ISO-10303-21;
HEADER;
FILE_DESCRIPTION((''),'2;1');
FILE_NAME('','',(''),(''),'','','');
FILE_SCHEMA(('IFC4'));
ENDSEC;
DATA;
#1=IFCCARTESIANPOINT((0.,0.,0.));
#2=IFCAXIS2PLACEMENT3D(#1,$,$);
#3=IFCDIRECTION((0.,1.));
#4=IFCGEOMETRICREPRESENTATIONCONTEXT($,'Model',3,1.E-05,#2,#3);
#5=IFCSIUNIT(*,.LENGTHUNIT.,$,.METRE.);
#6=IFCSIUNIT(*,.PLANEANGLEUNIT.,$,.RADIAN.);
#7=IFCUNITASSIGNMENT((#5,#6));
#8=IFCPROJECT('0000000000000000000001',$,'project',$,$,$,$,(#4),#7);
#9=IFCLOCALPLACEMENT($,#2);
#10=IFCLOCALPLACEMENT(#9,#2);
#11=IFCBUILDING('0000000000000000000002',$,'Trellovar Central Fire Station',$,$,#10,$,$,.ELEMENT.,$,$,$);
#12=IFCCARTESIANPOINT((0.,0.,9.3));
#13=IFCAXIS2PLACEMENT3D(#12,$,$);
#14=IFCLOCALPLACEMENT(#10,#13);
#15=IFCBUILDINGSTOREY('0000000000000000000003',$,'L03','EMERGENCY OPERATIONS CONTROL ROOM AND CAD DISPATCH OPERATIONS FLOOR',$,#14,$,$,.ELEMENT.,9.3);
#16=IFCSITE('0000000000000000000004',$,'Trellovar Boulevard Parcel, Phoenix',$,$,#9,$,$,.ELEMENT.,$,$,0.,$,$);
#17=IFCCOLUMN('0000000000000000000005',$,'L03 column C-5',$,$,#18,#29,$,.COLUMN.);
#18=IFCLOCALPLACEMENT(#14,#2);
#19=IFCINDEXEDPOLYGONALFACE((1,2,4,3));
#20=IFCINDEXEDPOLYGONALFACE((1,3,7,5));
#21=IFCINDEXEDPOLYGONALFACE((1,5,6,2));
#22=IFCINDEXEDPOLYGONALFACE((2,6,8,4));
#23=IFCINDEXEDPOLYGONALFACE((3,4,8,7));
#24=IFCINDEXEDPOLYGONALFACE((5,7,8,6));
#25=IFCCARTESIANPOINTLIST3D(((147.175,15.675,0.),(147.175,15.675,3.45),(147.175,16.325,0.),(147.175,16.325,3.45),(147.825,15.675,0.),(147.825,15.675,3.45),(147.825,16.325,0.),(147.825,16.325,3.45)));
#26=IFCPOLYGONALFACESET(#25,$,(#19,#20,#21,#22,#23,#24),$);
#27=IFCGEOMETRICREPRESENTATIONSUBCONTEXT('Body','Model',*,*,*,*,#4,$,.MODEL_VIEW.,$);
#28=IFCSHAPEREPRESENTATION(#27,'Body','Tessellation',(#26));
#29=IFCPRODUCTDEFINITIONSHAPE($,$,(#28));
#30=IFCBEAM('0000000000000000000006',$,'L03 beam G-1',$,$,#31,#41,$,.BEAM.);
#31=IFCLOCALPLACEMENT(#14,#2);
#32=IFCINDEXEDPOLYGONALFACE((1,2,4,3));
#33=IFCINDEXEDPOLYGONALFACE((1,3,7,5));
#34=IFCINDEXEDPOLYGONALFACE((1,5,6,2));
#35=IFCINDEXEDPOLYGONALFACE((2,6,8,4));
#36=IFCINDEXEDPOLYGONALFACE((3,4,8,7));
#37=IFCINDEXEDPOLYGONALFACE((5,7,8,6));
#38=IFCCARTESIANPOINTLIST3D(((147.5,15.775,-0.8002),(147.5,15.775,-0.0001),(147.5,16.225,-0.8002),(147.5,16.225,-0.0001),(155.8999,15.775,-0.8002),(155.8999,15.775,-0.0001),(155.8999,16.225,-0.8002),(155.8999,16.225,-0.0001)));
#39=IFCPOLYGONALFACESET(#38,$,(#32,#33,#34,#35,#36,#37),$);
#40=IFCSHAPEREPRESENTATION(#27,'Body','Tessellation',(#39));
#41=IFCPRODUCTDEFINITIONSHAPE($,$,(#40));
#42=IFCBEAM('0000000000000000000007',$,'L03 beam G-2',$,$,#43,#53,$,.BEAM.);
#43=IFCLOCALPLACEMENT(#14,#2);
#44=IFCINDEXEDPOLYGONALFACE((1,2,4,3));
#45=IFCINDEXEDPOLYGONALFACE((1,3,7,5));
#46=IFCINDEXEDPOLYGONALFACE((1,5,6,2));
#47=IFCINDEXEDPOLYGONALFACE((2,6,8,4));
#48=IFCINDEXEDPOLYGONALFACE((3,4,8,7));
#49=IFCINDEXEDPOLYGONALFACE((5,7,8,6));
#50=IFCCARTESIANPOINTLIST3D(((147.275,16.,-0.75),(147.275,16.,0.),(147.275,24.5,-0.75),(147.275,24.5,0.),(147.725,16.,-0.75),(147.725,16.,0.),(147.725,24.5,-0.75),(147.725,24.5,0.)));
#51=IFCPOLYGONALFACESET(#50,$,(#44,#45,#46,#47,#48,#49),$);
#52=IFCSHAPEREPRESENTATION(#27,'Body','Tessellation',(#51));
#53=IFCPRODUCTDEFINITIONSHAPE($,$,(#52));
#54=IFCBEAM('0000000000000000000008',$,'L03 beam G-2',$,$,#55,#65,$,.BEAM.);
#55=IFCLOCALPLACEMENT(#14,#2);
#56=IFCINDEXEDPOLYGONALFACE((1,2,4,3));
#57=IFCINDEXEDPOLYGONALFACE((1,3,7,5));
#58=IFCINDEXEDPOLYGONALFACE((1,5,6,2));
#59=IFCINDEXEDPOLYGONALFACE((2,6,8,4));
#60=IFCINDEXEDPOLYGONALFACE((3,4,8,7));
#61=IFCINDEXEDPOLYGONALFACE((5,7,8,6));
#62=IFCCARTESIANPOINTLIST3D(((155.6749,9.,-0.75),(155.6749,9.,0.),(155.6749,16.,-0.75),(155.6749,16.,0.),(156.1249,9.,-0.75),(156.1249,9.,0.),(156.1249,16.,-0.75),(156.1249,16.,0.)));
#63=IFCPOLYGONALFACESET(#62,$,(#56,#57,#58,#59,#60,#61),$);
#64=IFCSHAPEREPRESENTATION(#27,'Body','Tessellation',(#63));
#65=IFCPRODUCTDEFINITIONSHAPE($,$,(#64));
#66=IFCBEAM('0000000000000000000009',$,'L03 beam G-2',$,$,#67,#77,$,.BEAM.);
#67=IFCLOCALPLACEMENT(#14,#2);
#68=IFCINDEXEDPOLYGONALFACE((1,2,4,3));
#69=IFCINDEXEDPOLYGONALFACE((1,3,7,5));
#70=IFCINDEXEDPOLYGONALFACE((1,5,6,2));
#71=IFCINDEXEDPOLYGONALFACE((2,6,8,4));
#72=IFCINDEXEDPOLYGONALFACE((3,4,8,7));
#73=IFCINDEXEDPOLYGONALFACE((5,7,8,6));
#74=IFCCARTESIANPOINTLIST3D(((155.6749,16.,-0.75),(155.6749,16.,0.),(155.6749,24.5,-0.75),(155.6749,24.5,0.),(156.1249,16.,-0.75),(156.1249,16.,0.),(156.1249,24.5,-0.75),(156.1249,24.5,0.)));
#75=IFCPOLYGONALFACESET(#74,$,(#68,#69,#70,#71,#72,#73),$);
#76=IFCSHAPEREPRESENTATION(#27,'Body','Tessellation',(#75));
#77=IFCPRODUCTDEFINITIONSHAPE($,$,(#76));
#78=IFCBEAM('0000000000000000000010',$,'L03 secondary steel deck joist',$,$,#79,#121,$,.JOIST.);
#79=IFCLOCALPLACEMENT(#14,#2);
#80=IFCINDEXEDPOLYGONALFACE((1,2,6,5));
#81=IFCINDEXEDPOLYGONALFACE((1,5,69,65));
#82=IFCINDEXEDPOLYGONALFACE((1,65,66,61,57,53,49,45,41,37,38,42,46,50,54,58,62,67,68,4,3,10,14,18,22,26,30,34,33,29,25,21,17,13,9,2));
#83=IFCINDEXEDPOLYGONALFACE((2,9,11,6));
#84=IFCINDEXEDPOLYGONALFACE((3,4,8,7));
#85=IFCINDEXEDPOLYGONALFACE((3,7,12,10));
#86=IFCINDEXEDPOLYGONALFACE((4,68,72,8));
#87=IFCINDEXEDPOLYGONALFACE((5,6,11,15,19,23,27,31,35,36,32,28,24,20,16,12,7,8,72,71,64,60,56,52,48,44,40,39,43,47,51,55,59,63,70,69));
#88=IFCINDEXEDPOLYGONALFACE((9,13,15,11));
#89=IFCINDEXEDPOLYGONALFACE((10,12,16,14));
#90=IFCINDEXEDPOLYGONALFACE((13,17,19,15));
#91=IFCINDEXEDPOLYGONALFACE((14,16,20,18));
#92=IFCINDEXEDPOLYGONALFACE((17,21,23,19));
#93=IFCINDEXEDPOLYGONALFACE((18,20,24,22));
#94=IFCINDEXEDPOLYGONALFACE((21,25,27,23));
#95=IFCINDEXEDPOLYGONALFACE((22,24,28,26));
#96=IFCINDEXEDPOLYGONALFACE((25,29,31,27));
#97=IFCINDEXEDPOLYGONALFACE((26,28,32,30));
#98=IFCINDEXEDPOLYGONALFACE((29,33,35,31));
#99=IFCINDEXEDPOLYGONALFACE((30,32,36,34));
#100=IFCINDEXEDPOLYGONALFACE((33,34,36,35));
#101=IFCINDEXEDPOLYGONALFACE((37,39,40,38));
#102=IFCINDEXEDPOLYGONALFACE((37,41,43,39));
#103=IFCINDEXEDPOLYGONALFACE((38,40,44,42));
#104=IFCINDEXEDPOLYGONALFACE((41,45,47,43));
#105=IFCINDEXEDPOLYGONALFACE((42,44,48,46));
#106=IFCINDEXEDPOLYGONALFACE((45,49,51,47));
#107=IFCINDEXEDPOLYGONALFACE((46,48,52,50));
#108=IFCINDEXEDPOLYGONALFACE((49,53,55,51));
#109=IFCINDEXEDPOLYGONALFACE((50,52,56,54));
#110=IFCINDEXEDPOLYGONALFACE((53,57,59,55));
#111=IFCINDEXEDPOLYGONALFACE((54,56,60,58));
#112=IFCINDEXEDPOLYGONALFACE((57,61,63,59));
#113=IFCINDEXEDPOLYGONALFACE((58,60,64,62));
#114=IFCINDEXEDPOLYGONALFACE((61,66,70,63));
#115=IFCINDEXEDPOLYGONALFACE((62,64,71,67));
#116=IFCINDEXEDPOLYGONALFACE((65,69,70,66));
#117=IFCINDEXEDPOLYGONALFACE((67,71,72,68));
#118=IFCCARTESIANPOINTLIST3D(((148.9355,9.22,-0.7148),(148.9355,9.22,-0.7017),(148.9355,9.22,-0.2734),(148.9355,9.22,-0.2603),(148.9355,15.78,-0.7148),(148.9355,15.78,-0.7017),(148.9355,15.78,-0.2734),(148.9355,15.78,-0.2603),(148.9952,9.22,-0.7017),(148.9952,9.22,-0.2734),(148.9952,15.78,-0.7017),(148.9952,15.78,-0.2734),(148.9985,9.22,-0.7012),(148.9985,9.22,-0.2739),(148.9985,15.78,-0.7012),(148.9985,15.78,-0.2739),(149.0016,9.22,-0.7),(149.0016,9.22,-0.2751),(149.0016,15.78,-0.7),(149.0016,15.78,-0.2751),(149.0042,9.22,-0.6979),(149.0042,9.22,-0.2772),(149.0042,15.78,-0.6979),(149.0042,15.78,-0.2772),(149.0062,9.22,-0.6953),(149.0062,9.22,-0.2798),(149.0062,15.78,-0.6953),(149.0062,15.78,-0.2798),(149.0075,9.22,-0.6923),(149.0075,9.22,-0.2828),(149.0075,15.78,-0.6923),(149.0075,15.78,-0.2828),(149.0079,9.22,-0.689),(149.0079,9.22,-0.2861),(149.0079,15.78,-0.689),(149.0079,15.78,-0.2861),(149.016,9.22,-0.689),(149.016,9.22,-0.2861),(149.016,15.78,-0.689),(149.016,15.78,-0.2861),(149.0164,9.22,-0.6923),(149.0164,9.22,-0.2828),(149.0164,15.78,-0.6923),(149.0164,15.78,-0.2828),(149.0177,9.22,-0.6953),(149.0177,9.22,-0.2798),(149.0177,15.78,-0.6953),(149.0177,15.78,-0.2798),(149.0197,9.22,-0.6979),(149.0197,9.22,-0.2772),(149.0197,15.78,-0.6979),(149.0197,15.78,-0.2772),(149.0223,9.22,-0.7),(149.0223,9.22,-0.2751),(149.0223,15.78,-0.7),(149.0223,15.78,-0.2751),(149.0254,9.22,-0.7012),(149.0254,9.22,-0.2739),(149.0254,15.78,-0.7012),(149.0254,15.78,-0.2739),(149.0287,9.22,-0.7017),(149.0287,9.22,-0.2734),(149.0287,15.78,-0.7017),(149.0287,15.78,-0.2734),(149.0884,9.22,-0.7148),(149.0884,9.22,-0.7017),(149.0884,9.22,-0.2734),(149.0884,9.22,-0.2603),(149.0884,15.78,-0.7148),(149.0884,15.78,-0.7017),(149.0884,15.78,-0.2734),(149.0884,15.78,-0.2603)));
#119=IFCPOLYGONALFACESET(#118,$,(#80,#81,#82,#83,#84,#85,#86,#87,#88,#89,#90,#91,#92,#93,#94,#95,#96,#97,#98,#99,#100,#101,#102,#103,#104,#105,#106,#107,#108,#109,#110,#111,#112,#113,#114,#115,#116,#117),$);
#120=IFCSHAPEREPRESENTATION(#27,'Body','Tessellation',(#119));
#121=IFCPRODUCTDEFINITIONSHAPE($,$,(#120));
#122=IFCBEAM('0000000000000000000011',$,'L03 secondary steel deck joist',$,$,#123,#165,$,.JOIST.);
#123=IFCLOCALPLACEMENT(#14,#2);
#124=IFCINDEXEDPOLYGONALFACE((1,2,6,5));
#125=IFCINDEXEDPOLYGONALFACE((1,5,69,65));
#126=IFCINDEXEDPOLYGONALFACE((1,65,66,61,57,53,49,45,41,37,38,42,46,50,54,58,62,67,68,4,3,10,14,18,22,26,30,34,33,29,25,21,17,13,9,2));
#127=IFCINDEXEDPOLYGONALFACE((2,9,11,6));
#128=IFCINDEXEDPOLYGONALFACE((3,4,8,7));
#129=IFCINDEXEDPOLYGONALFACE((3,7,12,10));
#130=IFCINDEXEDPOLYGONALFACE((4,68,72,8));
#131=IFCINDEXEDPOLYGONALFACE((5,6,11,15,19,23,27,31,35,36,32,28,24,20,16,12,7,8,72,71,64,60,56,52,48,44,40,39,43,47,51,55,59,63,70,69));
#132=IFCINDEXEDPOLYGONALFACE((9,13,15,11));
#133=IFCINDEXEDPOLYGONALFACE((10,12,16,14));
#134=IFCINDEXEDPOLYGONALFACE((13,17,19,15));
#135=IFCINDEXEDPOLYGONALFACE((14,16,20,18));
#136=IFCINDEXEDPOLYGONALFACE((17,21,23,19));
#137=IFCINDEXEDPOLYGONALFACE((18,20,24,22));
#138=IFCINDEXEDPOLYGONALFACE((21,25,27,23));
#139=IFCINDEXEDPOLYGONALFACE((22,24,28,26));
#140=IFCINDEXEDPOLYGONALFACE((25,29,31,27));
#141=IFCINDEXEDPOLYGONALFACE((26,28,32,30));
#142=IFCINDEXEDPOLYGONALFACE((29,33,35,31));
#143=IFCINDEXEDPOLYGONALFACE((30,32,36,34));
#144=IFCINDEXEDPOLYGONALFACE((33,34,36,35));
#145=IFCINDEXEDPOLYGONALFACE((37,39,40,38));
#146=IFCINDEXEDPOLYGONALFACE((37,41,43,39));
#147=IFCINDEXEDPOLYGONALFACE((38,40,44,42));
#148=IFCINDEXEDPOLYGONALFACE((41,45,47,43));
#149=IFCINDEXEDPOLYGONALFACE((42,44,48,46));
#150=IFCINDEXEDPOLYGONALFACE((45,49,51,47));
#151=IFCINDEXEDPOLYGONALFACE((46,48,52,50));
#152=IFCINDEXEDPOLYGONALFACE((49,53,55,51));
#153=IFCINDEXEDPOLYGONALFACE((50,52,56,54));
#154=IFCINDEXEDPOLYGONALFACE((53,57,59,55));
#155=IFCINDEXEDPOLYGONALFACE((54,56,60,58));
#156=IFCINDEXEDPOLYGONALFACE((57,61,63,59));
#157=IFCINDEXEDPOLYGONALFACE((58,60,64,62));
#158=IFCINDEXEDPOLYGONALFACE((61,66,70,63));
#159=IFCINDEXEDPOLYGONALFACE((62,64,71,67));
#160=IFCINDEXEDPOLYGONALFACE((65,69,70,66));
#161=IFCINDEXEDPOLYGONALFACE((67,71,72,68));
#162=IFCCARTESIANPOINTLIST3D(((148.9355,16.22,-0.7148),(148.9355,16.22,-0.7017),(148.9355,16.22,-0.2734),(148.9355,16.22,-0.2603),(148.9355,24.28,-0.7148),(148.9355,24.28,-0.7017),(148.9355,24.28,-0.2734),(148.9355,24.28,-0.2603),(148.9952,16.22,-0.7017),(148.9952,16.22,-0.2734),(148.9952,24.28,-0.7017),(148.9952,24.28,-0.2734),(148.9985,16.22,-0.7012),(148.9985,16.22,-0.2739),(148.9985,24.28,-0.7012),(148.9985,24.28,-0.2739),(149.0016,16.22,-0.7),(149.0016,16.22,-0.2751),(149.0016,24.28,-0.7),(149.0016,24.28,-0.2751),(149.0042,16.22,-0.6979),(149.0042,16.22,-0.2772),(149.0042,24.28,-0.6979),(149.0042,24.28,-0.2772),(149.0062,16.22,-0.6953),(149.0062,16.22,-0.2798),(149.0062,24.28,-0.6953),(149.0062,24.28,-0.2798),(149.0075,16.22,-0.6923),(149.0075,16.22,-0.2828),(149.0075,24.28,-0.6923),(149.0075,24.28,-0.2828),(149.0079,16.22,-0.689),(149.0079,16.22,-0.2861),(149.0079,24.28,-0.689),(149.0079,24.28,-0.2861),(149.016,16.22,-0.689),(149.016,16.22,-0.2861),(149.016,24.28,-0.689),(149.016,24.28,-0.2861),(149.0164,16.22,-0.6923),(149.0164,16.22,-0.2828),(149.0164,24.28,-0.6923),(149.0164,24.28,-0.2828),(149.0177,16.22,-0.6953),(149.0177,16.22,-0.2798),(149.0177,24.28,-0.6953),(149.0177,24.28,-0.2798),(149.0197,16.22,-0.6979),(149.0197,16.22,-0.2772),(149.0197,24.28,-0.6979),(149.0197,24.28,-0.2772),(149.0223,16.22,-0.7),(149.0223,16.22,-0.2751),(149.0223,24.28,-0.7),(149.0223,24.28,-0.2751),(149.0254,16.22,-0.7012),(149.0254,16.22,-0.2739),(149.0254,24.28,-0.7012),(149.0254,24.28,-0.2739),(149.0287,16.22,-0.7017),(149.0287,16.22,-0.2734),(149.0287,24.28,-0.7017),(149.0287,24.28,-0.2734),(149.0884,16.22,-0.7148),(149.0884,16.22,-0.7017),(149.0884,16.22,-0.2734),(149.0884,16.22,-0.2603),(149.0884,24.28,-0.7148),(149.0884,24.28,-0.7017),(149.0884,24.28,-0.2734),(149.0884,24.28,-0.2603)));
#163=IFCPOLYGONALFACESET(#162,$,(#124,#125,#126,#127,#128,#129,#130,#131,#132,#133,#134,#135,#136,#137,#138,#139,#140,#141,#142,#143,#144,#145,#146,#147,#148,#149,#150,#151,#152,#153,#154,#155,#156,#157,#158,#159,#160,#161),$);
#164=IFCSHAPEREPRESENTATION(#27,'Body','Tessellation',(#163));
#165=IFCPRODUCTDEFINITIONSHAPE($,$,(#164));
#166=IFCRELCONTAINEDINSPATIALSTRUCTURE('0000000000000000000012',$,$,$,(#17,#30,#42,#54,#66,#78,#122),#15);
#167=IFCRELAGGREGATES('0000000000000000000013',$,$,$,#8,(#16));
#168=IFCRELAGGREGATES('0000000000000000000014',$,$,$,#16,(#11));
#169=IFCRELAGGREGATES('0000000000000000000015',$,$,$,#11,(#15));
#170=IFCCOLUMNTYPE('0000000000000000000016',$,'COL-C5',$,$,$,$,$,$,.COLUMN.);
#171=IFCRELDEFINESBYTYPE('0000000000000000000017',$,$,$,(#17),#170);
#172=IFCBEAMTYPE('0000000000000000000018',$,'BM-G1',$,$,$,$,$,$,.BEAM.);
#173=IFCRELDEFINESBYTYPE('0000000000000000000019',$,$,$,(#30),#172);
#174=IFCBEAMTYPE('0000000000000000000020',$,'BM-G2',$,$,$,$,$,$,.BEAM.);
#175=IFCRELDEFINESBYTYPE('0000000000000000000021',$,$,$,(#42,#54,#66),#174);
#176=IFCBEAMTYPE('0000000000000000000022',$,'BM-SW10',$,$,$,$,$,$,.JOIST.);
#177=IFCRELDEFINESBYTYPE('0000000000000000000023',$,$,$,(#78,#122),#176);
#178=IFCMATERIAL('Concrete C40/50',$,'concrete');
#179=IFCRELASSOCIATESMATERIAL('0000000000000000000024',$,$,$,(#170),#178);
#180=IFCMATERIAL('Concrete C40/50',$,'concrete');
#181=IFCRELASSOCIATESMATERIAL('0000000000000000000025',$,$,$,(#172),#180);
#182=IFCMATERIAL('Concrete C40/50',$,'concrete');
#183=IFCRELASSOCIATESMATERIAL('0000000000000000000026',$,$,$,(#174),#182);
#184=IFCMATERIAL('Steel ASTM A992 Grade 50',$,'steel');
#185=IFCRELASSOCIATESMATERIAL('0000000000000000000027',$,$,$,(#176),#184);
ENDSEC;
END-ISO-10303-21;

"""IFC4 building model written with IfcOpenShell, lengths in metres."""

from ifc_helpers import new_model, si_unit, direction, frame, origin, origin_2d, place, context, subcontext, project, spatial, rectangle, i_section, extrude, material, material_profile, profile_set, type_object, element, save


model = new_model("IFC4")

# Units and contexts
model_context = context("Model", 3, precision=1e-05, world=origin(), true_north=direction((0.0, 1.0)))
body_context = subcontext(model_context, "Body", "Model", "MODEL_VIEW")
ifc_project = project(units=[si_unit("LENGTHUNIT", "METRE"), si_unit("PLANEANGLEUNIT", "RADIAN")], contexts=[model_context])

# Site, building, storey
site_placement = place(None, origin())
site = spatial("IfcSite", under=ifc_project, at=site_placement, Name="Trellovar Boulevard Parcel, Phoenix", CompositionType="ELEMENT", RefElevation=0.0)
building_placement = place(site_placement, origin())
building = spatial("IfcBuilding", under=site, at=building_placement, Name="Trellovar Central Fire Station", CompositionType="ELEMENT")
storey_placement = place(building_placement, frame((0.0, 0.0, 9.3)))
storey = spatial("IfcBuildingStorey", under=building, at=storey_placement, Name="L03", Description="EMERGENCY OPERATIONS CONTROL ROOM AND CAD DISPATCH OPERATIONS FLOOR", CompositionType="ELEMENT", Elevation=9.3)

# Column
ifc_material_1 = material(Name="Concrete C40/50", Category="concrete")
ifc_material_profile_1 = material_profile(ifc_material_1, rectangle(XDim=0.6499, YDim=0.6499, at=origin_2d()), Name="RC650X650")
ifc_profile_set_1 = profile_set([ifc_material_profile_1], Name="Concrete C40/50")
column_type = type_object("IfcColumnType", Name="COL-C5", PredefinedType="COLUMN", material=ifc_profile_set_1)
column_placement = place(storey_placement, frame((147.5, 16.0, 0.0), z_axis=(0.0, 0.0, 1.0), x_axis=(1.0, 0.0, 0.0)))
element("IfcColumn", 1, at=column_placement, inside=storey, type_object=column_type, Name="L03 column C-5", PredefinedType="COLUMN", context=body_context, shape_type="SweptSolid", body=[
    extrude(rectangle(XDim=0.6499, YDim=0.6499, at=origin_2d()), origin(), (0.0, 0.0, 1.0), 3.45),
])

# Beams
ifc_material_2 = material(Name="Concrete C40/50", Category="concrete")
ifc_material_profile_2 = material_profile(ifc_material_2, rectangle(XDim=0.45, YDim=0.8, at=origin_2d()), Name="RC450X800")
ifc_profile_set_2 = profile_set([ifc_material_profile_2], Name="Concrete C40/50")
beam_type_1 = type_object("IfcBeamType", Name="BM-G1", PredefinedType="BEAM", material=ifc_profile_set_2)
beam_1_placement = place(storey_placement, frame((147.5, 16.0, -0.4001), z_axis=(1.0, 0.0, 0.0), x_axis=(0.0, 1.0, 0.0)))
element("IfcBeam", 2, at=beam_1_placement, inside=storey, type_object=beam_type_1, Name="L03 beam G-1", PredefinedType="BEAM", context=body_context, shape_type="SweptSolid", body=[
    extrude(rectangle(XDim=0.45, YDim=0.8, at=origin_2d()), origin(), (0.0, 0.0, 1.0), 8.3999),
])
ifc_material_3 = material(Name="Concrete C40/50", Category="concrete")
ifc_material_profile_3 = material_profile(ifc_material_3, rectangle(XDim=0.45, YDim=0.75, at=origin_2d()), Name="RC450X750")
ifc_profile_set_3 = profile_set([ifc_material_profile_3], Name="Concrete C40/50")
beam_type_2 = type_object("IfcBeamType", Name="BM-G2", PredefinedType="BEAM", material=ifc_profile_set_3)
beam_2_placement = place(storey_placement, frame((147.5, 16.0, -0.375), z_axis=(0.0, 1.0, 0.0), x_axis=(-1.0, 0.0, 0.0)))
element("IfcBeam", 3, at=beam_2_placement, inside=storey, type_object=beam_type_2, Name="L03 beam G-2", PredefinedType="BEAM", context=body_context, shape_type="SweptSolid", body=[
    extrude(rectangle(XDim=0.45, YDim=0.75, at=origin_2d()), origin(), (0.0, 0.0, 1.0), 8.5),
])
beam_3_placement = place(storey_placement, frame((155.8999, 9.0, -0.375), z_axis=(0.0, 1.0, 0.0), x_axis=(-1.0, 0.0, 0.0)))
element("IfcBeam", 4, at=beam_3_placement, inside=storey, type_object=beam_type_2, Name="L03 beam G-2", PredefinedType="BEAM", context=body_context, shape_type="SweptSolid", body=[
    extrude(rectangle(XDim=0.45, YDim=0.75, at=origin_2d()), origin(), (0.0, 0.0, 1.0), 7.0),
])
beam_4_placement = place(storey_placement, frame((155.8999, 16.0, -0.375), z_axis=(0.0, 1.0, 0.0), x_axis=(-1.0, 0.0, 0.0)))
element("IfcBeam", 5, at=beam_4_placement, inside=storey, type_object=beam_type_2, Name="L03 beam G-2", PredefinedType="BEAM", context=body_context, shape_type="SweptSolid", body=[
    extrude(rectangle(XDim=0.45, YDim=0.75, at=origin_2d()), origin(), (0.0, 0.0, 1.0), 8.5),
])
ifc_material_4 = material(Name="Steel ASTM A992 Grade 50", Category="steel")
ifc_material_profile_4 = material_profile(ifc_material_4, i_section(OverallWidth=0.1528, OverallDepth=0.4546, WebThickness=0.0081, FlangeThickness=0.0132, FilletRadius=0.0127, at=origin_2d()), Name="W18X40")
ifc_profile_set_4 = profile_set([ifc_material_profile_4], Name="Steel ASTM A992 Grade 50")
beam_type_3 = type_object("IfcBeamType", Name="BM-SW10", PredefinedType="JOIST", material=ifc_profile_set_4)
beam_5_placement = place(storey_placement, frame((149.012, 9.22, -0.4875), z_axis=(0.0, 1.0, 0.0), x_axis=(-1.0, 0.0, 0.0)))
element("IfcBeam", 6, at=beam_5_placement, inside=storey, type_object=beam_type_3, Name="L03 secondary steel deck joist", PredefinedType="JOIST", context=body_context, shape_type="SweptSolid", body=[
    extrude(i_section(OverallWidth=0.1528, OverallDepth=0.4546, WebThickness=0.0081, FlangeThickness=0.0132, FilletRadius=0.0127, at=origin_2d()), origin(), (0.0, 0.0, 1.0), 6.5601),
])
beam_6_placement = place(storey_placement, frame((149.012, 16.22, -0.4875), z_axis=(0.0, 1.0, 0.0), x_axis=(-1.0, 0.0, 0.0)))
element("IfcBeam", 7, at=beam_6_placement, inside=storey, type_object=beam_type_3, Name="L03 secondary steel deck joist", PredefinedType="JOIST", context=body_context, shape_type="SweptSolid", body=[
    extrude(i_section(OverallWidth=0.1528, OverallDepth=0.4546, WebThickness=0.0081, FlangeThickness=0.0132, FilletRadius=0.0127, at=origin_2d()), origin(), (0.0, 0.0, 1.0), 8.0601),
])

save(model, "model.ifc")
